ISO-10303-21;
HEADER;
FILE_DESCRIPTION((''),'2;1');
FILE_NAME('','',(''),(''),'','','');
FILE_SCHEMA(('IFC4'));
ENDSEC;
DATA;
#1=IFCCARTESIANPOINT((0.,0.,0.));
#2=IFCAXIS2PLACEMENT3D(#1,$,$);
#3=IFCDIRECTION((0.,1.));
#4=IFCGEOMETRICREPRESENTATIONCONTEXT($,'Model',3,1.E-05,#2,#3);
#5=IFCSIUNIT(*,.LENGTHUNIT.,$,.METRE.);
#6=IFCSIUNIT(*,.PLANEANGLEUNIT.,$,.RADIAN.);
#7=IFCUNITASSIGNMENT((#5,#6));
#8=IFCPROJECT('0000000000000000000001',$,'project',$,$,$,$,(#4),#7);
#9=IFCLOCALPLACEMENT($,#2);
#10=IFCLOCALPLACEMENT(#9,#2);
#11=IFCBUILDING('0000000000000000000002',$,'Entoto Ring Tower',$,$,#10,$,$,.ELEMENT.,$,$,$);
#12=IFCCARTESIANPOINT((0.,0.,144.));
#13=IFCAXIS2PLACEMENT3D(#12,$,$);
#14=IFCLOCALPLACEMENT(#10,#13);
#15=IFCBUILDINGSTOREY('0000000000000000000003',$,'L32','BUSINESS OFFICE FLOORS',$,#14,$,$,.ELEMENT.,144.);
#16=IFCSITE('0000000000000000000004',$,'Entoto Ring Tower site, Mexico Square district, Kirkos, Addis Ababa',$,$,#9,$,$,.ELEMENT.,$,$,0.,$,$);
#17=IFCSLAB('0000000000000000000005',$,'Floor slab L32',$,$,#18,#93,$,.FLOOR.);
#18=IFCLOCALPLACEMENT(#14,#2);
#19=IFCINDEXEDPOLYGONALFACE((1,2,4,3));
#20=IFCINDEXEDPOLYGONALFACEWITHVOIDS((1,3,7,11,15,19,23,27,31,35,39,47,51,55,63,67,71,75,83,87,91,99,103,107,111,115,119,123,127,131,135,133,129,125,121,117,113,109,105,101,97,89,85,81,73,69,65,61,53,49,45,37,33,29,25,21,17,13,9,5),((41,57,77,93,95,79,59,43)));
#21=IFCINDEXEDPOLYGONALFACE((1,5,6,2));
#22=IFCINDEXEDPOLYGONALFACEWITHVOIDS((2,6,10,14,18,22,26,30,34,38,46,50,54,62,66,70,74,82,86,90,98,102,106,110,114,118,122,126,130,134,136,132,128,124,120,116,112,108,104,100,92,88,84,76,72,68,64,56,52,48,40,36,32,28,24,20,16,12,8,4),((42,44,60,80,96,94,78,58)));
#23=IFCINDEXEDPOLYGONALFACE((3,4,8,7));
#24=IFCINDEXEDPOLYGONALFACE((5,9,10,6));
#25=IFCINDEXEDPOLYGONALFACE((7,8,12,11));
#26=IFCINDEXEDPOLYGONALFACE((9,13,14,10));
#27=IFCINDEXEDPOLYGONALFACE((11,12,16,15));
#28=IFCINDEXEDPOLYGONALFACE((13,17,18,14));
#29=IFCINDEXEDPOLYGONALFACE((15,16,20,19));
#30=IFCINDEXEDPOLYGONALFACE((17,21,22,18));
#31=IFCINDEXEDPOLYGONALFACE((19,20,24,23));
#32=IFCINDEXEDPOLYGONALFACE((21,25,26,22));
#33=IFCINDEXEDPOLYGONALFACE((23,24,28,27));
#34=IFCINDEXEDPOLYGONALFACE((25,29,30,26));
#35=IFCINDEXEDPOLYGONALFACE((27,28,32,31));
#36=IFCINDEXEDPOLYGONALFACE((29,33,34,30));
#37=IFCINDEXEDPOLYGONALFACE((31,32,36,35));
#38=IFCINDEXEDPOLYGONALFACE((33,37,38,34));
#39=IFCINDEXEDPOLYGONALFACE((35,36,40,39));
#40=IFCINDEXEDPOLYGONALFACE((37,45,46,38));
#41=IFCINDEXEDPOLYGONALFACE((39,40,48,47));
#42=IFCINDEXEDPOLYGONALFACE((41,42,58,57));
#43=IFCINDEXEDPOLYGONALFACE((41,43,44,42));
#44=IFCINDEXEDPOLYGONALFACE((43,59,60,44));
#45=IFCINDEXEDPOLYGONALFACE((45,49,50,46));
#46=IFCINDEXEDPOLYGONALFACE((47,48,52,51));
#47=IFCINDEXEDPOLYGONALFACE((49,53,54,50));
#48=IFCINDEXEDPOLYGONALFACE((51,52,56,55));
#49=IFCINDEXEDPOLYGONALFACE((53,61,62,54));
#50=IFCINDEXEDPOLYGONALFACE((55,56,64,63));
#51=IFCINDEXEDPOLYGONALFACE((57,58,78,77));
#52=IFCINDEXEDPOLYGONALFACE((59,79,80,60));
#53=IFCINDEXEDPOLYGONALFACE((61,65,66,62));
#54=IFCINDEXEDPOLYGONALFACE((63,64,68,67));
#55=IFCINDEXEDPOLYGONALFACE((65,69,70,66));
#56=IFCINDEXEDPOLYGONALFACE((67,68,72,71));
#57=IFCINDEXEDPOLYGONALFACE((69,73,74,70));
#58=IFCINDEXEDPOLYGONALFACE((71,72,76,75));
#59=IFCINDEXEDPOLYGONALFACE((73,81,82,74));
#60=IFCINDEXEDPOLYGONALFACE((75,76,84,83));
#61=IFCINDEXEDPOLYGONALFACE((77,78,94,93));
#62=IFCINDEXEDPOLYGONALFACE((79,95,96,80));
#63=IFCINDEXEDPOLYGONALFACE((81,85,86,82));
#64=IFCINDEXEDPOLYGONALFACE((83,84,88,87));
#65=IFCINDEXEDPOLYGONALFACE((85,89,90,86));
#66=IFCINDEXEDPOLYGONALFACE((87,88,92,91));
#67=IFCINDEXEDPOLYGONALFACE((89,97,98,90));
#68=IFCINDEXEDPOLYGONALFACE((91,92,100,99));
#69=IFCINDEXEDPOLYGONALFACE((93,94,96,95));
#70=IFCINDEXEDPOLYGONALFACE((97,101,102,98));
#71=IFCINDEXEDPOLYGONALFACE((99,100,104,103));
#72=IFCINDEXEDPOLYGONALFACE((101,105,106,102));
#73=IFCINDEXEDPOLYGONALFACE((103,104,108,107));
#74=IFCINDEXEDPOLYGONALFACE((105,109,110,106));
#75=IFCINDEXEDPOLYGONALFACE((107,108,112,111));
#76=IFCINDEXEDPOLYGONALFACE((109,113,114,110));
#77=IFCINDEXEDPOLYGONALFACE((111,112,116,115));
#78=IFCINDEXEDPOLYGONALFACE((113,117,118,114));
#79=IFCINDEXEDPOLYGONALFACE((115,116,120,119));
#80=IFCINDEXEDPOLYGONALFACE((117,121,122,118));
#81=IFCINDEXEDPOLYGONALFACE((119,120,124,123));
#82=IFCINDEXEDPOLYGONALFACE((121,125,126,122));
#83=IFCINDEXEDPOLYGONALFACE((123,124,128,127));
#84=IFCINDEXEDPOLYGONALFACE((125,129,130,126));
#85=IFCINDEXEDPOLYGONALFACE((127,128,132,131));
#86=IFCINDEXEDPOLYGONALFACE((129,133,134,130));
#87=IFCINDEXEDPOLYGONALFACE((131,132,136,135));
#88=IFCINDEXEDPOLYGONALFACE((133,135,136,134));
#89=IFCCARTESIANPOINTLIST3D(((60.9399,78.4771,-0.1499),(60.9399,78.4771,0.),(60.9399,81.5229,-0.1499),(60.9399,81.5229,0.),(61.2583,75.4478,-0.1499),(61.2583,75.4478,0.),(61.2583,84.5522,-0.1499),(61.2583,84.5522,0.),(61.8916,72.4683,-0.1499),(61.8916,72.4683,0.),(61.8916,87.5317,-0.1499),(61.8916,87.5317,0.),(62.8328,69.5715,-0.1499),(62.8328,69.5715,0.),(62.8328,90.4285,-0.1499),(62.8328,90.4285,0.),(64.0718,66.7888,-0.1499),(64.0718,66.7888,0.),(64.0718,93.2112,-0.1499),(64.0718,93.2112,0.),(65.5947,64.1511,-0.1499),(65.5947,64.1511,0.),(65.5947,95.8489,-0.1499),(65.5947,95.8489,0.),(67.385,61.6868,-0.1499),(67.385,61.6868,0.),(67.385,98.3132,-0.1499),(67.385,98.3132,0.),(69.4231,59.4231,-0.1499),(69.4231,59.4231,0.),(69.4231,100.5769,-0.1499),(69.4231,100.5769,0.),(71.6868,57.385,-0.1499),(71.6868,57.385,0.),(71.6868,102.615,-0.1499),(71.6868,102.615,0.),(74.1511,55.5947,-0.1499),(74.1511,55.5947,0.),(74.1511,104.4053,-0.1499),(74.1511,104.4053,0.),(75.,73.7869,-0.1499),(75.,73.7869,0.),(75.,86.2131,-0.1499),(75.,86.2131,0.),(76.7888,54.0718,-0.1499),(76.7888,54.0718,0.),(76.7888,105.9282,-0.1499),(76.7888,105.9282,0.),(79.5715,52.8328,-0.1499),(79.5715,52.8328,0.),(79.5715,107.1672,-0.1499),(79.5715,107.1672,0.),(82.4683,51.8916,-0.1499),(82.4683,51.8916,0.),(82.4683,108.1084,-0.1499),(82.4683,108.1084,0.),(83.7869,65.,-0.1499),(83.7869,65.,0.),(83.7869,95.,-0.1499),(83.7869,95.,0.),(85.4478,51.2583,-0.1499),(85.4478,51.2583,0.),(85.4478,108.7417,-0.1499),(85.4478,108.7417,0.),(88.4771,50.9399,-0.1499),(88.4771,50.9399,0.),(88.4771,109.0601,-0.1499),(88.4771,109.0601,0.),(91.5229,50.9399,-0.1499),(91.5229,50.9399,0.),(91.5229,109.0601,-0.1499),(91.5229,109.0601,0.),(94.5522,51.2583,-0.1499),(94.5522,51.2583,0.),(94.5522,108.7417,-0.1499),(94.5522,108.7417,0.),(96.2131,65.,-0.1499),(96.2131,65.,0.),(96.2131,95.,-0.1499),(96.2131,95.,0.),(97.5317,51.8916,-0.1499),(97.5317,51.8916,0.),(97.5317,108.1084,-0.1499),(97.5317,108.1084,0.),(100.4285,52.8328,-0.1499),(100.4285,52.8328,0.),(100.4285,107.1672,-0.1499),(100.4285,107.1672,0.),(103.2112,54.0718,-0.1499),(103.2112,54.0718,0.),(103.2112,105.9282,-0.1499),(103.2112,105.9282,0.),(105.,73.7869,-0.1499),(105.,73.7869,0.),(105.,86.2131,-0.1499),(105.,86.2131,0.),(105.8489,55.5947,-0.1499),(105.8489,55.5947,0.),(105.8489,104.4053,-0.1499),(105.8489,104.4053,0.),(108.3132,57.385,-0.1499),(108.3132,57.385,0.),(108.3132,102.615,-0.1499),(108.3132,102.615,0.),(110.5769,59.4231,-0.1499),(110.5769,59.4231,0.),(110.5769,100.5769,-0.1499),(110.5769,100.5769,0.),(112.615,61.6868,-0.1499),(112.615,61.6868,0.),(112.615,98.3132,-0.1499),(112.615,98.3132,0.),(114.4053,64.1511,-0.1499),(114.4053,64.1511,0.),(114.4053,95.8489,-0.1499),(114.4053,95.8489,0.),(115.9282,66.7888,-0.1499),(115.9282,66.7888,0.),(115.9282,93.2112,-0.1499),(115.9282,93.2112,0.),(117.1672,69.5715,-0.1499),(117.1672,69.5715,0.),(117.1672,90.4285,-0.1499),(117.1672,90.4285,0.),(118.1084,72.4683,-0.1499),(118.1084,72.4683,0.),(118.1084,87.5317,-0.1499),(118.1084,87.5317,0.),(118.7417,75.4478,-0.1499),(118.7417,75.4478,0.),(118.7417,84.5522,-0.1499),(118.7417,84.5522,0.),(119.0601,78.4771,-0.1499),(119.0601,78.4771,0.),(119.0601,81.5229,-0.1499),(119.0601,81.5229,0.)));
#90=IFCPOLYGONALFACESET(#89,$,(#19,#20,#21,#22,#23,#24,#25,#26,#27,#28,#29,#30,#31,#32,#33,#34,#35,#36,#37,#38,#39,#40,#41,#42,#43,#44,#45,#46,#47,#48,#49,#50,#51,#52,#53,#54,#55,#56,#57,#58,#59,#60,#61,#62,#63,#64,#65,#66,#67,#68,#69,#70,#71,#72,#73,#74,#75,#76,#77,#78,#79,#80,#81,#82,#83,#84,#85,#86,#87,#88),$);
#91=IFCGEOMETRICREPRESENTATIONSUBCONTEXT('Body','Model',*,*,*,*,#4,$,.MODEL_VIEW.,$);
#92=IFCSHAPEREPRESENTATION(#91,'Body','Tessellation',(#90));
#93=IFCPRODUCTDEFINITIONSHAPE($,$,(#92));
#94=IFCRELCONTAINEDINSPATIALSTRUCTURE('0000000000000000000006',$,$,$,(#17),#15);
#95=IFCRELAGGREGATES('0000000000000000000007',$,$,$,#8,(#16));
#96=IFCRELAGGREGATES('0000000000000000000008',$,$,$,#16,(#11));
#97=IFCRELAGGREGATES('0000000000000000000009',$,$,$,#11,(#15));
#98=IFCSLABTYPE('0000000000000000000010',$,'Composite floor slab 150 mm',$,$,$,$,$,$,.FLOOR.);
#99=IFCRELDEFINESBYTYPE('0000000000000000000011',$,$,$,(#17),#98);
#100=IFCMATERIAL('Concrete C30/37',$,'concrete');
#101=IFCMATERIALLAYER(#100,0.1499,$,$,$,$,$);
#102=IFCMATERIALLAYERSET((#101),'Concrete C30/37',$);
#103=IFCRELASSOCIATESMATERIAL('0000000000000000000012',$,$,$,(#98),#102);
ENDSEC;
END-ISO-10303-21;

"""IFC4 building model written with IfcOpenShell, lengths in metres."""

from ifc_helpers import new_model, si_unit, direction, frame, origin, place, context, subcontext, project, spatial, polyline, outline, extrude, material, layer, layer_set, type_object, element, save


model = new_model("IFC4")

# Units and contexts
model_context = context("Model", 3, precision=1e-05, world=origin(), true_north=direction((0.0, 1.0)))
body_context = subcontext(model_context, "Body", "Model", "MODEL_VIEW")
ifc_project = project(units=[si_unit("LENGTHUNIT", "METRE"), si_unit("PLANEANGLEUNIT", "RADIAN")], contexts=[model_context])

# Site, building, storey
site_placement = place(None, origin())
building_placement = place(site_placement, origin())
storey_placement = place(building_placement, frame((0.0, 0.0, 144.0)))
site = spatial("IfcSite", under=ifc_project, at=site_placement, Name="Entoto Ring Tower site, Mexico Square district, Kirkos, Addis Ababa", CompositionType="ELEMENT", RefElevation=0.0)
building = spatial("IfcBuilding", under=site, at=building_placement, Name="Entoto Ring Tower", CompositionType="ELEMENT")
storey = spatial("IfcBuildingStorey", under=building, at=storey_placement, Name="L32", Description="BUSINESS OFFICE FLOORS", CompositionType="ELEMENT", Elevation=144.0)

# Slab
ifc_material_1 = material(Name="Concrete C30/37", Category="concrete")
ifc_layer_1 = layer(ifc_material_1, 0.1499)
ifc_layer_set_1 = layer_set([ifc_layer_1], Name="Concrete C30/37")
slab_type = type_object("IfcSlabType", Name="Composite floor slab 150 mm", PredefinedType="FLOOR", material=ifc_layer_set_1)
slab_placement = place(storey_placement, frame((0.0, 0.0, -0.1499)))
element("IfcSlab", 1, at=slab_placement, inside=storey, type_object=slab_type, Name="Floor slab L32", PredefinedType="FLOOR", context=body_context, shape_type="SweptSolid", body=[
    extrude(outline(polyline([(118.7417, 84.5522), (118.1084, 87.5317), (117.1672, 90.4285), (115.9282, 93.2112), (114.4053, 95.8489), (112.615, 98.3132), (110.5769, 100.5769), (108.3132, 102.615), (105.8489, 104.4053), (103.2112, 105.9282), (100.4285, 107.1672), (97.5317, 108.1084), (94.5522, 108.7417), (91.5229, 109.0601), (88.4771, 109.0601), (85.4478, 108.7417), (82.4683, 108.1084), (79.5715, 107.1672), (76.7888, 105.9282), (74.1511, 104.4053), (71.6868, 102.615), (69.4231, 100.5769), (67.385, 98.3132), (65.5947, 95.8489), (64.0718, 93.2112), (62.8328, 90.4285), (61.8916, 87.5317), (61.2583, 84.5522), (60.9399, 81.5229), (60.9399, 78.4771), (61.2583, 75.4478), (61.8916, 72.4683), (62.8328, 69.5715), (64.0718, 66.7888), (65.5947, 64.1511), (67.385, 61.6868), (69.4231, 59.4231), (71.6868, 57.385), (74.1511, 55.5947), (76.7888, 54.0718), (79.5715, 52.8328), (82.4683, 51.8916), (85.4478, 51.2583), (88.4771, 50.9399), (91.5229, 50.9399), (94.5522, 51.2583), (97.5317, 51.8916), (100.4285, 52.8328), (103.2112, 54.0718), (105.8489, 55.5947), (108.3132, 57.385), (110.5769, 59.4231), (112.615, 61.6868), (114.4053, 64.1511), (115.9282, 66.7888), (117.1672, 69.5715), (118.1084, 72.4683), (118.7417, 75.4478), (119.0601, 78.4771), (119.0601, 81.5229), (118.7417, 84.5522)]), holes=[polyline([(105.0, 73.7869), (105.0, 86.2131), (96.2131, 95.0), (83.7869, 95.0), (75.0, 86.2131), (75.0, 73.7869), (83.7869, 65.0), (96.2131, 65.0), (105.0, 73.7869)])]), origin(), (0.0, 0.0, 1.0), 0.1499),
])

save(model, "model.ifc")
